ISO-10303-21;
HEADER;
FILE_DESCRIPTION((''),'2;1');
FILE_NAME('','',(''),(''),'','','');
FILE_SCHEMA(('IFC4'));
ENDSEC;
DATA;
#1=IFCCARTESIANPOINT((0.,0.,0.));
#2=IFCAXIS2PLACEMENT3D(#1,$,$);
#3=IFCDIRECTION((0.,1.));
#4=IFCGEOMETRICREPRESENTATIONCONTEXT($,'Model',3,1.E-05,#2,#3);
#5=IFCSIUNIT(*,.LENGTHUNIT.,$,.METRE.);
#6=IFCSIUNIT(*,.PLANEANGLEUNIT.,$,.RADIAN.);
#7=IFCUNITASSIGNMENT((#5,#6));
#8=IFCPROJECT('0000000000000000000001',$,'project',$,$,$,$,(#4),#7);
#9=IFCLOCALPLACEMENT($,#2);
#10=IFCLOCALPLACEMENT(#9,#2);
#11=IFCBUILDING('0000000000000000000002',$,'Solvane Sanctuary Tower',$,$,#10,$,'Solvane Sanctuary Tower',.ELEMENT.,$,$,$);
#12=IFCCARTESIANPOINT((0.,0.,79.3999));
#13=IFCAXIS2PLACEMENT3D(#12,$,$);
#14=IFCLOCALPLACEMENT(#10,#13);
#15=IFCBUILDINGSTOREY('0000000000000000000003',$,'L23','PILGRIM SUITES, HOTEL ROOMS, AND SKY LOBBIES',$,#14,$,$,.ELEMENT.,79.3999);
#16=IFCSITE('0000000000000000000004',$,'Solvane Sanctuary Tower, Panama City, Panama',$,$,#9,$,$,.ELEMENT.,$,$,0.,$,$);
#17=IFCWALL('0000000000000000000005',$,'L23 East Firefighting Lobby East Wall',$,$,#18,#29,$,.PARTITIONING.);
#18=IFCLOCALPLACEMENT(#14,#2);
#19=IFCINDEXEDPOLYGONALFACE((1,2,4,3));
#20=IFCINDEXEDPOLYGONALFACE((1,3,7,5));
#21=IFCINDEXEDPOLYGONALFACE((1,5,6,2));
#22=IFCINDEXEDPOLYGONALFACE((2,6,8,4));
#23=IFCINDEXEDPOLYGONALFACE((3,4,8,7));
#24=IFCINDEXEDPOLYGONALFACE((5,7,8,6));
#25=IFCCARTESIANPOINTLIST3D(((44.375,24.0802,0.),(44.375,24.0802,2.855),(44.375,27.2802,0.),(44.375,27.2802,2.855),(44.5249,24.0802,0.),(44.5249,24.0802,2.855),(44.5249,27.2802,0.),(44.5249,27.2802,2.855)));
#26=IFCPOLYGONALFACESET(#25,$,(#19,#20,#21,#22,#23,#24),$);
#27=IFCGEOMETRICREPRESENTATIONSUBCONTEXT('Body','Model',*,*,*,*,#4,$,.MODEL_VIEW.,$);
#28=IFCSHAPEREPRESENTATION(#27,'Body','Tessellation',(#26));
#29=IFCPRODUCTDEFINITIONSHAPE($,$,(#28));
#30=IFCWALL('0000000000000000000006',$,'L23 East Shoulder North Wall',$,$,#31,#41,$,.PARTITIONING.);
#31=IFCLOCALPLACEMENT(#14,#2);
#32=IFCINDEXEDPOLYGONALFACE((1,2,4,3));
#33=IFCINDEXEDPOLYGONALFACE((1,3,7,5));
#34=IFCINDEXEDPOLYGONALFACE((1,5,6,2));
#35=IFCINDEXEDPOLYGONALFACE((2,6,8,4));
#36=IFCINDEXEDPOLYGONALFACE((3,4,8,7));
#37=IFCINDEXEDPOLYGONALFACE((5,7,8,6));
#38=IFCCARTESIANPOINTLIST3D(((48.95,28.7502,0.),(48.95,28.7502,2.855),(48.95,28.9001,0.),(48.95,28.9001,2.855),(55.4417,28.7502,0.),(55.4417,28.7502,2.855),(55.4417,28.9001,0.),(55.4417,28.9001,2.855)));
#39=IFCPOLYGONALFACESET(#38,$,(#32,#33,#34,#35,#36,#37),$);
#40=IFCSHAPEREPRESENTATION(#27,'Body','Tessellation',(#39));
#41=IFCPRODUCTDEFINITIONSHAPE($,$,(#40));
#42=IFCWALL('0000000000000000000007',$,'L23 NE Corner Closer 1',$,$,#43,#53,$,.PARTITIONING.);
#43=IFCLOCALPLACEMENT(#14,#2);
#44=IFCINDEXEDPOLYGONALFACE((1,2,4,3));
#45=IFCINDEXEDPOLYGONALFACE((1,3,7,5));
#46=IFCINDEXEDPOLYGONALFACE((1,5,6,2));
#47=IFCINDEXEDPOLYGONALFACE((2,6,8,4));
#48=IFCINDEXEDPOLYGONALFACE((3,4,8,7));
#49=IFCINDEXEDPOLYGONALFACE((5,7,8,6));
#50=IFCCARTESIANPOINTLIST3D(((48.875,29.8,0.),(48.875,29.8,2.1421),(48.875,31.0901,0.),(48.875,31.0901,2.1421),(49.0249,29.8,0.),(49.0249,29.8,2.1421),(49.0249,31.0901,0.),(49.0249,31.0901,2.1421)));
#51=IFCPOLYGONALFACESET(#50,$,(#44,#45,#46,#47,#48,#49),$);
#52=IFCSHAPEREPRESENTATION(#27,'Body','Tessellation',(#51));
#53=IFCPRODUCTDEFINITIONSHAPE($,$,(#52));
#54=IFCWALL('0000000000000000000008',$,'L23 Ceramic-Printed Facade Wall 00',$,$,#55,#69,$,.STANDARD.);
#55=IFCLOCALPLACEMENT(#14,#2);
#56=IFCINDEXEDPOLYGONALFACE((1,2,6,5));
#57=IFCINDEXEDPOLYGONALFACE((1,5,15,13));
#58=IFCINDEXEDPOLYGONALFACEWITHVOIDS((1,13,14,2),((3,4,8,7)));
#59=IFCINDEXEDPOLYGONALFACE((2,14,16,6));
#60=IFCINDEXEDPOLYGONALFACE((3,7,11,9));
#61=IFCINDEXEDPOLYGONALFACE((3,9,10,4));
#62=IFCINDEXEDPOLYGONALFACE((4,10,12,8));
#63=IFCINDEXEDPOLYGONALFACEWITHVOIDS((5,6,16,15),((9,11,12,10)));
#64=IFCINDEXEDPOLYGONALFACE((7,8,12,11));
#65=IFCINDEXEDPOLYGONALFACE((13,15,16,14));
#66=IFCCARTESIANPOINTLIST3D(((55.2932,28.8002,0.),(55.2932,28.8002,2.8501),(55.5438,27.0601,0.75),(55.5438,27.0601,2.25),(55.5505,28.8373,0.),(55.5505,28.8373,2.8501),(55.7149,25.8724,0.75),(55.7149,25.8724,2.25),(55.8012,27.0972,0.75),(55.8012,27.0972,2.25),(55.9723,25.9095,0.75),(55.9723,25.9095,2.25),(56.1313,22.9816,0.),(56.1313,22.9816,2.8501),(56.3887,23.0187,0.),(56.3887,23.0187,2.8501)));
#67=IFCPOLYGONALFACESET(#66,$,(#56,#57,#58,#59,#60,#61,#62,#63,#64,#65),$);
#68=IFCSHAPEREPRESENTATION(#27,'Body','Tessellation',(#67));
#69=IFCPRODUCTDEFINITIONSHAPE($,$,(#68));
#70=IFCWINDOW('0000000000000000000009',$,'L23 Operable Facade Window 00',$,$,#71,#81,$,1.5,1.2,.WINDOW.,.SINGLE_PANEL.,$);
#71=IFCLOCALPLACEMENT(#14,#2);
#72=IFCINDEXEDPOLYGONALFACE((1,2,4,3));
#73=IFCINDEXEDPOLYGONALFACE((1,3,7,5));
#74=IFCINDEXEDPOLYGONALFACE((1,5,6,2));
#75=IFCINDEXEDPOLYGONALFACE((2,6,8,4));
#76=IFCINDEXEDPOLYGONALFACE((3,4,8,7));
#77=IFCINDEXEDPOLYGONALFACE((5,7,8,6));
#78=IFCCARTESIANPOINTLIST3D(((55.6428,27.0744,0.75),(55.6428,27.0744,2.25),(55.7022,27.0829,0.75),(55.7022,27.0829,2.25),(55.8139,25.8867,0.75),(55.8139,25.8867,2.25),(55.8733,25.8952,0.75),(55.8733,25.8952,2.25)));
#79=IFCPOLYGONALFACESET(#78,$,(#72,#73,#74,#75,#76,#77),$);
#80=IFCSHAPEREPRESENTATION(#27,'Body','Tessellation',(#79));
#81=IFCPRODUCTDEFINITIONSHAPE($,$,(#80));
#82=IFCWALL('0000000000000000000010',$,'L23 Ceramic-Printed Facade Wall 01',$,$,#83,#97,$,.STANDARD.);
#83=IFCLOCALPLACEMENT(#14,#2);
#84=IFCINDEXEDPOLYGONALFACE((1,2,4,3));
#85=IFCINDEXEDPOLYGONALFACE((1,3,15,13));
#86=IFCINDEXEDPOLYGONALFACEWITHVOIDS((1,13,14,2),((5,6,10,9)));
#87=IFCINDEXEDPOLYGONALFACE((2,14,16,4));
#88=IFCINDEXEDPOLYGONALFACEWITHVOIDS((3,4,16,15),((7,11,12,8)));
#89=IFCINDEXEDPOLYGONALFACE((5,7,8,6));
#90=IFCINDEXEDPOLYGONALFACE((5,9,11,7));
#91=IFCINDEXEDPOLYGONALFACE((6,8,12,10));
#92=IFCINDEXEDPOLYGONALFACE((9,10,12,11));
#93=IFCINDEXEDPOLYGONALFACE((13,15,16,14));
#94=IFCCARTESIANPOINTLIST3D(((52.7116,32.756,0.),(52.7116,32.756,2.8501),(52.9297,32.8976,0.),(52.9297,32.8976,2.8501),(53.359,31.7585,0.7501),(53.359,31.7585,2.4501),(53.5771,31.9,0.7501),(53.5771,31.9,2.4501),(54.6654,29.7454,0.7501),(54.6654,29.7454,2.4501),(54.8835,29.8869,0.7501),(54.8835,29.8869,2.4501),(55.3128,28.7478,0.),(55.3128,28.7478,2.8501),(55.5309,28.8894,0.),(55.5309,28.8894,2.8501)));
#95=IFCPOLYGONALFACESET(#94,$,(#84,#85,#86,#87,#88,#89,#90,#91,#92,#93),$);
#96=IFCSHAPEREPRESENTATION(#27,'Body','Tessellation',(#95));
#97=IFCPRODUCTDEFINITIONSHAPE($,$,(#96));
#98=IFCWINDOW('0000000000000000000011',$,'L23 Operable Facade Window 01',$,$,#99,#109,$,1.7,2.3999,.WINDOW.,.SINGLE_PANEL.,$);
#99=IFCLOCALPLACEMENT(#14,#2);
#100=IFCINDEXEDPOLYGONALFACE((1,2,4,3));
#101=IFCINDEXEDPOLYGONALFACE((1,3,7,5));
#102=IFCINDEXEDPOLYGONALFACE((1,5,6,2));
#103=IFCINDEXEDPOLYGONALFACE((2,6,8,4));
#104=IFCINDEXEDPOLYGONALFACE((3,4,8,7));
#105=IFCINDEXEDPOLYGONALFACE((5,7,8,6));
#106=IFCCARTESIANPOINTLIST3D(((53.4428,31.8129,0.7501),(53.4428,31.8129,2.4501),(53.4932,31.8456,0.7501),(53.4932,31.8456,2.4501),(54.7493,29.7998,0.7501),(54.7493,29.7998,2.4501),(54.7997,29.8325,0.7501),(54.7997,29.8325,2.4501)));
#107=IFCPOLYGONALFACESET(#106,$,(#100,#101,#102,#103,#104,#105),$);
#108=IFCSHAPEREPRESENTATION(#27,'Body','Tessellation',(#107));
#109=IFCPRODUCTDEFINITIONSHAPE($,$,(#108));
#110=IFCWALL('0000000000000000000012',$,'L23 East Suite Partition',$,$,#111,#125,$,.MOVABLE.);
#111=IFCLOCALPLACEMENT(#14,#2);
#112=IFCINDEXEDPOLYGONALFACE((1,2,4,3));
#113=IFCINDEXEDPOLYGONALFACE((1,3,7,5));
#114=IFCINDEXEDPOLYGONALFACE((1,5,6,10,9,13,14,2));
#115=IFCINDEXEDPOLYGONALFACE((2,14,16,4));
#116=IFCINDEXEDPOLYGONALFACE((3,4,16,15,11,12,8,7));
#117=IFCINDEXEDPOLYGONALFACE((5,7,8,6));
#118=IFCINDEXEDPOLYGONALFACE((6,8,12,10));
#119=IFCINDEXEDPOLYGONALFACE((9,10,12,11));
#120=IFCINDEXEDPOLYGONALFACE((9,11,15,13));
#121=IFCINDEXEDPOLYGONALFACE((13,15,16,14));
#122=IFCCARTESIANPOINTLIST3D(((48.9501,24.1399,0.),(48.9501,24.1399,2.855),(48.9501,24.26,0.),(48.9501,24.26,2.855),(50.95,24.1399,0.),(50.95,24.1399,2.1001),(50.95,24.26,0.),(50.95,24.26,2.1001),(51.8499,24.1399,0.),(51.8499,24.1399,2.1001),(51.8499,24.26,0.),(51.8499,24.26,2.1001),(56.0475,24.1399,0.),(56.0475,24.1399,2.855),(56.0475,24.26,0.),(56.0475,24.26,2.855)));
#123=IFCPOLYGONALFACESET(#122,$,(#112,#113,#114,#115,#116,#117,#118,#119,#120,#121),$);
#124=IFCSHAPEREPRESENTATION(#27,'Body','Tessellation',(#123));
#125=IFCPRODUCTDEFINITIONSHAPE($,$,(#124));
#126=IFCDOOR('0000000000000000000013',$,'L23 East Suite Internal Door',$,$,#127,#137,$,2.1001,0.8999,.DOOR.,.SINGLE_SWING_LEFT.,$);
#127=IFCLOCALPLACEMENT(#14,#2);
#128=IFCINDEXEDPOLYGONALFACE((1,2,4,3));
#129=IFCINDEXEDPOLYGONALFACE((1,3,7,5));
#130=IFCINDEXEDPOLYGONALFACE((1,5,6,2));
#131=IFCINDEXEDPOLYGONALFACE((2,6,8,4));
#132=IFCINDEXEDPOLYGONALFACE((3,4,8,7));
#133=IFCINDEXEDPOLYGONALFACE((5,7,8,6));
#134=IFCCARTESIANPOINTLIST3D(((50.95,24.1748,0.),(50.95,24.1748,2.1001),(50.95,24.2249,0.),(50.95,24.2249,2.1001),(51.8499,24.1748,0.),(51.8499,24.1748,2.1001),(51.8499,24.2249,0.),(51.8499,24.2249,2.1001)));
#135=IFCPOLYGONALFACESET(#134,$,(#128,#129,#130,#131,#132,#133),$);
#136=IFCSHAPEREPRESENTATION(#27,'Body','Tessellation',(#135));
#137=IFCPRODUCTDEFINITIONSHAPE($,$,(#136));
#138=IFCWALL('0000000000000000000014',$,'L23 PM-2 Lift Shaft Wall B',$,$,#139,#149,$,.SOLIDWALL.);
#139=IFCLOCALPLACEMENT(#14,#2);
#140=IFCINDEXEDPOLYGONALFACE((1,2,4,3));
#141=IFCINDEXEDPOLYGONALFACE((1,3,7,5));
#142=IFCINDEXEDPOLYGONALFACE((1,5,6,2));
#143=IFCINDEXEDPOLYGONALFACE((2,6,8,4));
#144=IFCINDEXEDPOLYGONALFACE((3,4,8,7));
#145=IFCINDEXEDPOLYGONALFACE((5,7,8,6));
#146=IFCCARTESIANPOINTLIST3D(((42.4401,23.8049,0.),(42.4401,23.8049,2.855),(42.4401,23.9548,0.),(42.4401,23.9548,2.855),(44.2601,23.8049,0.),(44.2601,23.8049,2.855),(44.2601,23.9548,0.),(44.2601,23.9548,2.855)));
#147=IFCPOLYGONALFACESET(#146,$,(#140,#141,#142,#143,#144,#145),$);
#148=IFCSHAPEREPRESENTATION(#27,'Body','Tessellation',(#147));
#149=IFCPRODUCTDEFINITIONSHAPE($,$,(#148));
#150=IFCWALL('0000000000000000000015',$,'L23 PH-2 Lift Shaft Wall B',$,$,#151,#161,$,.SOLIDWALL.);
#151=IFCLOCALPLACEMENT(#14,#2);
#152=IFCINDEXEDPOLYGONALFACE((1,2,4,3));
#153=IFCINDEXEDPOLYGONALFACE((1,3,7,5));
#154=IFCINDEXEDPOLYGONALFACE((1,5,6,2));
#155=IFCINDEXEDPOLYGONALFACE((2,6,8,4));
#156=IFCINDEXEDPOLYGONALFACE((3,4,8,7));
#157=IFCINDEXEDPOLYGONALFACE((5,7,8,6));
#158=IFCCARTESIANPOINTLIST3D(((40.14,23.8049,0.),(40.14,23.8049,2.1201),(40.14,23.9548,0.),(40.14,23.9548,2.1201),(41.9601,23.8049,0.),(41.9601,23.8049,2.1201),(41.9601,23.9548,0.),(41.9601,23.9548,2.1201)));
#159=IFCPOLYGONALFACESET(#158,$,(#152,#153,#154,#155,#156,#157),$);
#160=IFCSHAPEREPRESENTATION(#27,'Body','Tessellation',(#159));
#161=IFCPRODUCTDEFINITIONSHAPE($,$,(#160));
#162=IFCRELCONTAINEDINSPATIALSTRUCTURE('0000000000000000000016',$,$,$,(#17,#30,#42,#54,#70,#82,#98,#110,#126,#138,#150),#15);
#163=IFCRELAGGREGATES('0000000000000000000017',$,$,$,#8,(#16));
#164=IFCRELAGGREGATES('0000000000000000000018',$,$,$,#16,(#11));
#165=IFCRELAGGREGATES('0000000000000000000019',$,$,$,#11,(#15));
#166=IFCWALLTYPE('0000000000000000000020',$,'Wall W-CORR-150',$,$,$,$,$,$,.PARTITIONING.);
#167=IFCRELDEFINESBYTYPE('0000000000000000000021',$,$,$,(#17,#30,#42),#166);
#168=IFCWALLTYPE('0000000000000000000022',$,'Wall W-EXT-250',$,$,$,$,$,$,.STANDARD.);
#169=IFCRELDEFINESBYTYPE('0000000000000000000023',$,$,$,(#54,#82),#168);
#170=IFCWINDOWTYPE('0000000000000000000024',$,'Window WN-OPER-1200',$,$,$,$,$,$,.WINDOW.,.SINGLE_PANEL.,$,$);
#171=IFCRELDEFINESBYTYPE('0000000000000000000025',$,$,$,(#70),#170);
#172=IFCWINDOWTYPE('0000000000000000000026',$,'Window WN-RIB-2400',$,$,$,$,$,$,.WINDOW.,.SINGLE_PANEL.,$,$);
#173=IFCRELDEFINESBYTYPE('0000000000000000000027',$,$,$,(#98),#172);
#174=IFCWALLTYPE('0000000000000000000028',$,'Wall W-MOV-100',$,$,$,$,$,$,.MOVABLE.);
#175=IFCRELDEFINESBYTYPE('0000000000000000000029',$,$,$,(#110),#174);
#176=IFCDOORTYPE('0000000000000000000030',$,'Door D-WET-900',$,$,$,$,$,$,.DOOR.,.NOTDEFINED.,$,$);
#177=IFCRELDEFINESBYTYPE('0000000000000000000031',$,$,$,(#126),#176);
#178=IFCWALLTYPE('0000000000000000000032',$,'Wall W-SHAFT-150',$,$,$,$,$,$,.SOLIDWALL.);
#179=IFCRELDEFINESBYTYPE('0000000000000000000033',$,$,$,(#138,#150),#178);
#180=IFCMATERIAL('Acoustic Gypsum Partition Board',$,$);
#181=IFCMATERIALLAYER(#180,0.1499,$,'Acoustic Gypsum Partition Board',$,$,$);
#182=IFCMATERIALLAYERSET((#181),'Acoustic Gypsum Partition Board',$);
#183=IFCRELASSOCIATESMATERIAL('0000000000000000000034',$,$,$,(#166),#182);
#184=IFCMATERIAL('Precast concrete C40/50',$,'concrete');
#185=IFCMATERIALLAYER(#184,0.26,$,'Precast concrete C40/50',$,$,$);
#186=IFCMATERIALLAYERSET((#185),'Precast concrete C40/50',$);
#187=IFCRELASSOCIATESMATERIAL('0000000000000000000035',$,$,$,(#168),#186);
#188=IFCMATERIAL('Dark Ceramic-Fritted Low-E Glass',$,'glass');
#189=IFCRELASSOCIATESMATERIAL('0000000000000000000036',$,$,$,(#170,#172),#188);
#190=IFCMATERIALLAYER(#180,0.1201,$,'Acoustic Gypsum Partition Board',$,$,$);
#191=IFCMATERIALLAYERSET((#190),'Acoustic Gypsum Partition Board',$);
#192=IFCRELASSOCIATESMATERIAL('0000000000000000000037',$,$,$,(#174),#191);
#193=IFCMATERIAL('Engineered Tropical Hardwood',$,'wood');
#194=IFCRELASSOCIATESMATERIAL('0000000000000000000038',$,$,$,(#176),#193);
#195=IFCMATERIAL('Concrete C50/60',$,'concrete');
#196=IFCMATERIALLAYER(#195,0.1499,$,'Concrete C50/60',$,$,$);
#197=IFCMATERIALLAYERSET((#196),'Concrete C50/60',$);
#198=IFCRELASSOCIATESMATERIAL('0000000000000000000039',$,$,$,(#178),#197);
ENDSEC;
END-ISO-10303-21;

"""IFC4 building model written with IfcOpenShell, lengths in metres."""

from ifc_helpers import new_model, si_unit, direction, frame, frame_2d, origin, place, context, subcontext, project, spatial, rectangle, extrude, material, layer, layer_set, type_object, element, fill, save


model = new_model("IFC4")

# Units and contexts
model_context = context("Model", 3, precision=1e-05, world=origin(), true_north=direction((0.0, 1.0)))
body_context = subcontext(model_context, "Body", "Model", "MODEL_VIEW")
ifc_project = project(units=[si_unit("LENGTHUNIT", "METRE"), si_unit("PLANEANGLEUNIT", "RADIAN")], contexts=[model_context])

# Site, building, storey
site_placement = place(None, origin())
site = spatial("IfcSite", under=ifc_project, at=site_placement, Name="Solvane Sanctuary Tower, Panama City, Panama", CompositionType="ELEMENT", RefElevation=0.0)
building_placement = place(site_placement, origin())
building = spatial("IfcBuilding", under=site, at=building_placement, Name="Solvane Sanctuary Tower", LongName="Solvane Sanctuary Tower", CompositionType="ELEMENT")
storey_placement = place(building_placement, frame((0.0, 0.0, 79.3999)))
storey = spatial("IfcBuildingStorey", under=building, at=storey_placement, Name="L23", Description="PILGRIM SUITES, HOTEL ROOMS, AND SKY LOBBIES", CompositionType="ELEMENT", Elevation=79.3999)

# Walls
ifc_material_1 = material(Name="Acoustic Gypsum Partition Board")
ifc_layer_1 = layer(ifc_material_1, 0.1499, Name="Acoustic Gypsum Partition Board")
ifc_layer_set_1 = layer_set([ifc_layer_1], Name="Acoustic Gypsum Partition Board")
wall_type_1 = type_object("IfcWallType", Name="Wall W-CORR-150", PredefinedType="PARTITIONING", material=ifc_layer_set_1)
wall_1_placement = place(storey_placement, frame((44.45, 24.0801, 0.0), z_axis=(0.0, 0.0, 1.0), x_axis=(0.0, 1.0, 0.0)))
element("IfcWall", 1, at=wall_1_placement, inside=storey, type_object=wall_type_1, Name="L23 East Firefighting Lobby East Wall", PredefinedType="PARTITIONING", context=body_context, shape_type="SweptSolid", body=[
    extrude(rectangle(XDim=3.2, YDim=0.1499, at=frame_2d((1.6001, 0.0))), origin(), (0.0, 0.0, 1.0), 2.855),
])
wall_2_placement = place(storey_placement, frame((48.95, 28.8252, 0.0), z_axis=(0.0, 0.0, 1.0), x_axis=(1.0, 0.0, 0.0)))
element("IfcWall", 2, at=wall_2_placement, inside=storey, type_object=wall_type_1, Name="L23 East Shoulder North Wall", PredefinedType="PARTITIONING", context=body_context, shape_type="SweptSolid", body=[
    extrude(rectangle(XDim=6.4917, YDim=0.1499, at=frame_2d((3.2458, 0.0))), origin(), (0.0, 0.0, 1.0), 2.855),
])
wall_3_placement = place(storey_placement, frame((48.95, 29.8, 0.0), z_axis=(0.0, 0.0, 1.0), x_axis=(0.0, 1.0, 0.0)))
element("IfcWall", 3, at=wall_3_placement, inside=storey, type_object=wall_type_1, Name="L23 NE Corner Closer 1", PredefinedType="PARTITIONING", context=body_context, shape_type="SweptSolid", body=[
    extrude(rectangle(XDim=1.29, YDim=0.1499, at=frame_2d((0.645, 0.0))), origin(), (0.0, 0.0, 1.0), 2.1421),
])

# Walls, openings, windows
ifc_material_2 = material(Name="Precast concrete C40/50", Category="concrete")
ifc_layer_2 = layer(ifc_material_2, 0.26, Name="Precast concrete C40/50")
ifc_layer_set_2 = layer_set([ifc_layer_2], Name="Precast concrete C40/50")
wall_type_2 = type_object("IfcWallType", Name="Wall W-EXT-250", PredefinedType="STANDARD", material=ifc_layer_set_2)
wall_4_placement = place(storey_placement, frame((56.26, 23.0, 0.0), z_axis=(0.0, 0.0, 1.0), x_axis=(-0.142572, 0.989784, 0.0)))
wall_4 = element("IfcWall", 4, at=wall_4_placement, inside=storey, type_object=wall_type_2, Name="L23 Ceramic-Printed Facade Wall 00", PredefinedType="STANDARD", context=body_context, shape_type="SweptSolid", body=[
    extrude(rectangle(XDim=5.8787, YDim=0.26, at=frame_2d((2.9395, 0.0))), origin(), (0.0, 0.0, 1.0), 2.8501),
])
opening_1_placement = place(wall_4_placement, frame((2.9207, 0.0, 0.75)))
opening_1 = element("IfcOpeningElement", 5, at=opening_1_placement, cuts=wall_4, PredefinedType="OPENING", context=body_context, shape_type="SweptSolid", body=[
    extrude(rectangle(XDim=1.2, YDim=1.5, at=frame_2d((0.6001, 0.75))), frame((0.0, 0.1399, 0.0), z_axis=(0.0, -1.0, 0.0), x_axis=(1.0, 0.0, 0.0)), (0.0, 0.0, 1.0), 0.28),
])
ifc_material_3 = material(Name="Dark Ceramic-Fritted Low-E Glass", Category="glass")
window_type_1 = type_object("IfcWindowType", Name="Window WN-OPER-1200", PartitioningType="SINGLE_PANEL", PredefinedType="WINDOW", material=ifc_material_3)
window_1_placement = place(opening_1_placement, origin())
window_1 = element("IfcWindow", 6, at=window_1_placement, inside=storey, type_object=window_type_1, Name="L23 Operable Facade Window 00", OverallHeight=1.5, OverallWidth=1.2, PartitioningType="SINGLE_PANEL", PredefinedType="WINDOW", context=body_context, shape_type="SweptSolid", body=[
    extrude(rectangle(XDim=1.2, YDim=1.5, at=frame_2d((0.6001, 0.75))), frame((0.0, 0.03, 0.0), z_axis=(0.0, -1.0, 0.0), x_axis=(1.0, 0.0, 0.0)), (0.0, 0.0, 1.0), 0.0601),
])
fill(opening_1, window_1)
wall_5_placement = place(storey_placement, frame((55.4219, 28.8186, 0.0), z_axis=(0.0, 0.0, 1.0), x_axis=(-0.544388, 0.838833, 0.0)))
wall_5 = element("IfcWall", 7, at=wall_5_placement, inside=storey, type_object=wall_type_2, Name="L23 Ceramic-Printed Facade Wall 01", PredefinedType="STANDARD", context=body_context, shape_type="SweptSolid", body=[
    extrude(rectangle(XDim=4.7783, YDim=0.26, at=frame_2d((2.3892, 0.0))), origin(), (0.0, 0.0, 1.0), 2.8501),
])
opening_2_placement = place(wall_5_placement, frame((1.1892, 0.0, 0.75)))
opening_2 = element("IfcOpeningElement", 8, at=opening_2_placement, cuts=wall_5, PredefinedType="OPENING", context=body_context, shape_type="SweptSolid", body=[
    extrude(rectangle(XDim=2.3999, YDim=1.7, at=frame_2d((1.2, 0.8501))), frame((0.0, 0.1399, 0.0), z_axis=(0.0, -1.0, 0.0), x_axis=(1.0, 0.0, 0.0)), (0.0, 0.0, 1.0), 0.28),
])
window_type_2 = type_object("IfcWindowType", Name="Window WN-RIB-2400", PartitioningType="SINGLE_PANEL", PredefinedType="WINDOW", material=ifc_material_3)
window_2_placement = place(opening_2_placement, origin())
window_2 = element("IfcWindow", 9, at=window_2_placement, inside=storey, type_object=window_type_2, Name="L23 Operable Facade Window 01", OverallHeight=1.7, OverallWidth=2.3999, PartitioningType="SINGLE_PANEL", PredefinedType="WINDOW", context=body_context, shape_type="SweptSolid", body=[
    extrude(rectangle(XDim=2.3999, YDim=1.7, at=frame_2d((1.2, 0.8501))), frame((0.0, 0.03, 0.0), z_axis=(0.0, -1.0, 0.0), x_axis=(1.0, 0.0, 0.0)), (0.0, 0.0, 1.0), 0.0601),
])
fill(opening_2, window_2)

# Wall, opening, door
ifc_layer_3 = layer(ifc_material_1, 0.1201, Name="Acoustic Gypsum Partition Board")
ifc_layer_set_3 = layer_set([ifc_layer_3], Name="Acoustic Gypsum Partition Board")
wall_type_3 = type_object("IfcWallType", Name="Wall W-MOV-100", PredefinedType="MOVABLE", material=ifc_layer_set_3)
wall_6_placement = place(storey_placement, frame((48.95, 24.2, 0.0), z_axis=(0.0, 0.0, 1.0), x_axis=(1.0, 0.0, 0.0)))
wall_6 = element("IfcWall", 10, at=wall_6_placement, inside=storey, type_object=wall_type_3, Name="L23 East Suite Partition", PredefinedType="MOVABLE", context=body_context, shape_type="SweptSolid", body=[
    extrude(rectangle(XDim=7.0974, YDim=0.1201, at=frame_2d((3.5488, 0.0))), origin(), (0.0, 0.0, 1.0), 2.855),
])
opening_3_placement = place(wall_6_placement, frame((2.0, 0.0, 0.0)))
opening_3 = element("IfcOpeningElement", 11, at=opening_3_placement, cuts=wall_6, PredefinedType="OPENING", context=body_context, shape_type="SweptSolid", body=[
    extrude(rectangle(XDim=0.8999, YDim=2.1001, at=frame_2d((0.45, 1.05))), frame((0.0, 0.0701, 0.0), z_axis=(0.0, -1.0, 0.0), x_axis=(1.0, 0.0, 0.0)), (0.0, 0.0, 1.0), 0.1401),
])
ifc_material_4 = material(Name="Engineered Tropical Hardwood", Category="wood")
door_type_1 = type_object("IfcDoorType", Name="Door D-WET-900", OperationType="NOTDEFINED", PredefinedType="DOOR", material=ifc_material_4)
door_1_placement = place(opening_3_placement, origin())
door_1 = element("IfcDoor", 12, at=door_1_placement, inside=storey, type_object=door_type_1, Name="L23 East Suite Internal Door", OperationType="SINGLE_SWING_LEFT", OverallHeight=2.1001, OverallWidth=0.8999, PredefinedType="DOOR", context=body_context, shape_type="SweptSolid", body=[
    extrude(rectangle(XDim=0.8999, YDim=2.1001, at=frame_2d((0.45, 1.05))), frame((0.0, 0.0249, 0.0), z_axis=(0.0, -1.0, 0.0), x_axis=(1.0, 0.0, 0.0)), (0.0, 0.0, 1.0), 0.05),
])
fill(opening_3, door_1)

# Walls
ifc_material_5 = material(Name="Concrete C50/60", Category="concrete")
ifc_layer_4 = layer(ifc_material_5, 0.1499, Name="Concrete C50/60")
ifc_layer_set_4 = layer_set([ifc_layer_4], Name="Concrete C50/60")
wall_type_4 = type_object("IfcWallType", Name="Wall W-SHAFT-150", PredefinedType="SOLIDWALL", material=ifc_layer_set_4)
wall_7_placement = place(storey_placement, frame((42.4399, 23.8799, 0.0), z_axis=(0.0, 0.0, 1.0), x_axis=(1.0, 0.0, 0.0)))
element("IfcWall", 13, at=wall_7_placement, inside=storey, type_object=wall_type_4, Name="L23 PM-2 Lift Shaft Wall B", PredefinedType="SOLIDWALL", context=body_context, shape_type="SweptSolid", body=[
    extrude(rectangle(XDim=1.8201, YDim=0.1499, at=frame_2d((0.9102, 0.0))), origin(), (0.0, 0.0, 1.0), 2.855),
])
wall_8_placement = place(storey_placement, frame((40.1399, 23.8799, 0.0), z_axis=(0.0, 0.0, 1.0), x_axis=(1.0, 0.0, 0.0)))
element("IfcWall", 14, at=wall_8_placement, inside=storey, type_object=wall_type_4, Name="L23 PH-2 Lift Shaft Wall B", PredefinedType="SOLIDWALL", context=body_context, shape_type="SweptSolid", body=[
    extrude(rectangle(XDim=1.8201, YDim=0.1499, at=frame_2d((0.9102, 0.0))), origin(), (0.0, 0.0, 1.0), 2.1201),
])

save(model, "model.ifc")
